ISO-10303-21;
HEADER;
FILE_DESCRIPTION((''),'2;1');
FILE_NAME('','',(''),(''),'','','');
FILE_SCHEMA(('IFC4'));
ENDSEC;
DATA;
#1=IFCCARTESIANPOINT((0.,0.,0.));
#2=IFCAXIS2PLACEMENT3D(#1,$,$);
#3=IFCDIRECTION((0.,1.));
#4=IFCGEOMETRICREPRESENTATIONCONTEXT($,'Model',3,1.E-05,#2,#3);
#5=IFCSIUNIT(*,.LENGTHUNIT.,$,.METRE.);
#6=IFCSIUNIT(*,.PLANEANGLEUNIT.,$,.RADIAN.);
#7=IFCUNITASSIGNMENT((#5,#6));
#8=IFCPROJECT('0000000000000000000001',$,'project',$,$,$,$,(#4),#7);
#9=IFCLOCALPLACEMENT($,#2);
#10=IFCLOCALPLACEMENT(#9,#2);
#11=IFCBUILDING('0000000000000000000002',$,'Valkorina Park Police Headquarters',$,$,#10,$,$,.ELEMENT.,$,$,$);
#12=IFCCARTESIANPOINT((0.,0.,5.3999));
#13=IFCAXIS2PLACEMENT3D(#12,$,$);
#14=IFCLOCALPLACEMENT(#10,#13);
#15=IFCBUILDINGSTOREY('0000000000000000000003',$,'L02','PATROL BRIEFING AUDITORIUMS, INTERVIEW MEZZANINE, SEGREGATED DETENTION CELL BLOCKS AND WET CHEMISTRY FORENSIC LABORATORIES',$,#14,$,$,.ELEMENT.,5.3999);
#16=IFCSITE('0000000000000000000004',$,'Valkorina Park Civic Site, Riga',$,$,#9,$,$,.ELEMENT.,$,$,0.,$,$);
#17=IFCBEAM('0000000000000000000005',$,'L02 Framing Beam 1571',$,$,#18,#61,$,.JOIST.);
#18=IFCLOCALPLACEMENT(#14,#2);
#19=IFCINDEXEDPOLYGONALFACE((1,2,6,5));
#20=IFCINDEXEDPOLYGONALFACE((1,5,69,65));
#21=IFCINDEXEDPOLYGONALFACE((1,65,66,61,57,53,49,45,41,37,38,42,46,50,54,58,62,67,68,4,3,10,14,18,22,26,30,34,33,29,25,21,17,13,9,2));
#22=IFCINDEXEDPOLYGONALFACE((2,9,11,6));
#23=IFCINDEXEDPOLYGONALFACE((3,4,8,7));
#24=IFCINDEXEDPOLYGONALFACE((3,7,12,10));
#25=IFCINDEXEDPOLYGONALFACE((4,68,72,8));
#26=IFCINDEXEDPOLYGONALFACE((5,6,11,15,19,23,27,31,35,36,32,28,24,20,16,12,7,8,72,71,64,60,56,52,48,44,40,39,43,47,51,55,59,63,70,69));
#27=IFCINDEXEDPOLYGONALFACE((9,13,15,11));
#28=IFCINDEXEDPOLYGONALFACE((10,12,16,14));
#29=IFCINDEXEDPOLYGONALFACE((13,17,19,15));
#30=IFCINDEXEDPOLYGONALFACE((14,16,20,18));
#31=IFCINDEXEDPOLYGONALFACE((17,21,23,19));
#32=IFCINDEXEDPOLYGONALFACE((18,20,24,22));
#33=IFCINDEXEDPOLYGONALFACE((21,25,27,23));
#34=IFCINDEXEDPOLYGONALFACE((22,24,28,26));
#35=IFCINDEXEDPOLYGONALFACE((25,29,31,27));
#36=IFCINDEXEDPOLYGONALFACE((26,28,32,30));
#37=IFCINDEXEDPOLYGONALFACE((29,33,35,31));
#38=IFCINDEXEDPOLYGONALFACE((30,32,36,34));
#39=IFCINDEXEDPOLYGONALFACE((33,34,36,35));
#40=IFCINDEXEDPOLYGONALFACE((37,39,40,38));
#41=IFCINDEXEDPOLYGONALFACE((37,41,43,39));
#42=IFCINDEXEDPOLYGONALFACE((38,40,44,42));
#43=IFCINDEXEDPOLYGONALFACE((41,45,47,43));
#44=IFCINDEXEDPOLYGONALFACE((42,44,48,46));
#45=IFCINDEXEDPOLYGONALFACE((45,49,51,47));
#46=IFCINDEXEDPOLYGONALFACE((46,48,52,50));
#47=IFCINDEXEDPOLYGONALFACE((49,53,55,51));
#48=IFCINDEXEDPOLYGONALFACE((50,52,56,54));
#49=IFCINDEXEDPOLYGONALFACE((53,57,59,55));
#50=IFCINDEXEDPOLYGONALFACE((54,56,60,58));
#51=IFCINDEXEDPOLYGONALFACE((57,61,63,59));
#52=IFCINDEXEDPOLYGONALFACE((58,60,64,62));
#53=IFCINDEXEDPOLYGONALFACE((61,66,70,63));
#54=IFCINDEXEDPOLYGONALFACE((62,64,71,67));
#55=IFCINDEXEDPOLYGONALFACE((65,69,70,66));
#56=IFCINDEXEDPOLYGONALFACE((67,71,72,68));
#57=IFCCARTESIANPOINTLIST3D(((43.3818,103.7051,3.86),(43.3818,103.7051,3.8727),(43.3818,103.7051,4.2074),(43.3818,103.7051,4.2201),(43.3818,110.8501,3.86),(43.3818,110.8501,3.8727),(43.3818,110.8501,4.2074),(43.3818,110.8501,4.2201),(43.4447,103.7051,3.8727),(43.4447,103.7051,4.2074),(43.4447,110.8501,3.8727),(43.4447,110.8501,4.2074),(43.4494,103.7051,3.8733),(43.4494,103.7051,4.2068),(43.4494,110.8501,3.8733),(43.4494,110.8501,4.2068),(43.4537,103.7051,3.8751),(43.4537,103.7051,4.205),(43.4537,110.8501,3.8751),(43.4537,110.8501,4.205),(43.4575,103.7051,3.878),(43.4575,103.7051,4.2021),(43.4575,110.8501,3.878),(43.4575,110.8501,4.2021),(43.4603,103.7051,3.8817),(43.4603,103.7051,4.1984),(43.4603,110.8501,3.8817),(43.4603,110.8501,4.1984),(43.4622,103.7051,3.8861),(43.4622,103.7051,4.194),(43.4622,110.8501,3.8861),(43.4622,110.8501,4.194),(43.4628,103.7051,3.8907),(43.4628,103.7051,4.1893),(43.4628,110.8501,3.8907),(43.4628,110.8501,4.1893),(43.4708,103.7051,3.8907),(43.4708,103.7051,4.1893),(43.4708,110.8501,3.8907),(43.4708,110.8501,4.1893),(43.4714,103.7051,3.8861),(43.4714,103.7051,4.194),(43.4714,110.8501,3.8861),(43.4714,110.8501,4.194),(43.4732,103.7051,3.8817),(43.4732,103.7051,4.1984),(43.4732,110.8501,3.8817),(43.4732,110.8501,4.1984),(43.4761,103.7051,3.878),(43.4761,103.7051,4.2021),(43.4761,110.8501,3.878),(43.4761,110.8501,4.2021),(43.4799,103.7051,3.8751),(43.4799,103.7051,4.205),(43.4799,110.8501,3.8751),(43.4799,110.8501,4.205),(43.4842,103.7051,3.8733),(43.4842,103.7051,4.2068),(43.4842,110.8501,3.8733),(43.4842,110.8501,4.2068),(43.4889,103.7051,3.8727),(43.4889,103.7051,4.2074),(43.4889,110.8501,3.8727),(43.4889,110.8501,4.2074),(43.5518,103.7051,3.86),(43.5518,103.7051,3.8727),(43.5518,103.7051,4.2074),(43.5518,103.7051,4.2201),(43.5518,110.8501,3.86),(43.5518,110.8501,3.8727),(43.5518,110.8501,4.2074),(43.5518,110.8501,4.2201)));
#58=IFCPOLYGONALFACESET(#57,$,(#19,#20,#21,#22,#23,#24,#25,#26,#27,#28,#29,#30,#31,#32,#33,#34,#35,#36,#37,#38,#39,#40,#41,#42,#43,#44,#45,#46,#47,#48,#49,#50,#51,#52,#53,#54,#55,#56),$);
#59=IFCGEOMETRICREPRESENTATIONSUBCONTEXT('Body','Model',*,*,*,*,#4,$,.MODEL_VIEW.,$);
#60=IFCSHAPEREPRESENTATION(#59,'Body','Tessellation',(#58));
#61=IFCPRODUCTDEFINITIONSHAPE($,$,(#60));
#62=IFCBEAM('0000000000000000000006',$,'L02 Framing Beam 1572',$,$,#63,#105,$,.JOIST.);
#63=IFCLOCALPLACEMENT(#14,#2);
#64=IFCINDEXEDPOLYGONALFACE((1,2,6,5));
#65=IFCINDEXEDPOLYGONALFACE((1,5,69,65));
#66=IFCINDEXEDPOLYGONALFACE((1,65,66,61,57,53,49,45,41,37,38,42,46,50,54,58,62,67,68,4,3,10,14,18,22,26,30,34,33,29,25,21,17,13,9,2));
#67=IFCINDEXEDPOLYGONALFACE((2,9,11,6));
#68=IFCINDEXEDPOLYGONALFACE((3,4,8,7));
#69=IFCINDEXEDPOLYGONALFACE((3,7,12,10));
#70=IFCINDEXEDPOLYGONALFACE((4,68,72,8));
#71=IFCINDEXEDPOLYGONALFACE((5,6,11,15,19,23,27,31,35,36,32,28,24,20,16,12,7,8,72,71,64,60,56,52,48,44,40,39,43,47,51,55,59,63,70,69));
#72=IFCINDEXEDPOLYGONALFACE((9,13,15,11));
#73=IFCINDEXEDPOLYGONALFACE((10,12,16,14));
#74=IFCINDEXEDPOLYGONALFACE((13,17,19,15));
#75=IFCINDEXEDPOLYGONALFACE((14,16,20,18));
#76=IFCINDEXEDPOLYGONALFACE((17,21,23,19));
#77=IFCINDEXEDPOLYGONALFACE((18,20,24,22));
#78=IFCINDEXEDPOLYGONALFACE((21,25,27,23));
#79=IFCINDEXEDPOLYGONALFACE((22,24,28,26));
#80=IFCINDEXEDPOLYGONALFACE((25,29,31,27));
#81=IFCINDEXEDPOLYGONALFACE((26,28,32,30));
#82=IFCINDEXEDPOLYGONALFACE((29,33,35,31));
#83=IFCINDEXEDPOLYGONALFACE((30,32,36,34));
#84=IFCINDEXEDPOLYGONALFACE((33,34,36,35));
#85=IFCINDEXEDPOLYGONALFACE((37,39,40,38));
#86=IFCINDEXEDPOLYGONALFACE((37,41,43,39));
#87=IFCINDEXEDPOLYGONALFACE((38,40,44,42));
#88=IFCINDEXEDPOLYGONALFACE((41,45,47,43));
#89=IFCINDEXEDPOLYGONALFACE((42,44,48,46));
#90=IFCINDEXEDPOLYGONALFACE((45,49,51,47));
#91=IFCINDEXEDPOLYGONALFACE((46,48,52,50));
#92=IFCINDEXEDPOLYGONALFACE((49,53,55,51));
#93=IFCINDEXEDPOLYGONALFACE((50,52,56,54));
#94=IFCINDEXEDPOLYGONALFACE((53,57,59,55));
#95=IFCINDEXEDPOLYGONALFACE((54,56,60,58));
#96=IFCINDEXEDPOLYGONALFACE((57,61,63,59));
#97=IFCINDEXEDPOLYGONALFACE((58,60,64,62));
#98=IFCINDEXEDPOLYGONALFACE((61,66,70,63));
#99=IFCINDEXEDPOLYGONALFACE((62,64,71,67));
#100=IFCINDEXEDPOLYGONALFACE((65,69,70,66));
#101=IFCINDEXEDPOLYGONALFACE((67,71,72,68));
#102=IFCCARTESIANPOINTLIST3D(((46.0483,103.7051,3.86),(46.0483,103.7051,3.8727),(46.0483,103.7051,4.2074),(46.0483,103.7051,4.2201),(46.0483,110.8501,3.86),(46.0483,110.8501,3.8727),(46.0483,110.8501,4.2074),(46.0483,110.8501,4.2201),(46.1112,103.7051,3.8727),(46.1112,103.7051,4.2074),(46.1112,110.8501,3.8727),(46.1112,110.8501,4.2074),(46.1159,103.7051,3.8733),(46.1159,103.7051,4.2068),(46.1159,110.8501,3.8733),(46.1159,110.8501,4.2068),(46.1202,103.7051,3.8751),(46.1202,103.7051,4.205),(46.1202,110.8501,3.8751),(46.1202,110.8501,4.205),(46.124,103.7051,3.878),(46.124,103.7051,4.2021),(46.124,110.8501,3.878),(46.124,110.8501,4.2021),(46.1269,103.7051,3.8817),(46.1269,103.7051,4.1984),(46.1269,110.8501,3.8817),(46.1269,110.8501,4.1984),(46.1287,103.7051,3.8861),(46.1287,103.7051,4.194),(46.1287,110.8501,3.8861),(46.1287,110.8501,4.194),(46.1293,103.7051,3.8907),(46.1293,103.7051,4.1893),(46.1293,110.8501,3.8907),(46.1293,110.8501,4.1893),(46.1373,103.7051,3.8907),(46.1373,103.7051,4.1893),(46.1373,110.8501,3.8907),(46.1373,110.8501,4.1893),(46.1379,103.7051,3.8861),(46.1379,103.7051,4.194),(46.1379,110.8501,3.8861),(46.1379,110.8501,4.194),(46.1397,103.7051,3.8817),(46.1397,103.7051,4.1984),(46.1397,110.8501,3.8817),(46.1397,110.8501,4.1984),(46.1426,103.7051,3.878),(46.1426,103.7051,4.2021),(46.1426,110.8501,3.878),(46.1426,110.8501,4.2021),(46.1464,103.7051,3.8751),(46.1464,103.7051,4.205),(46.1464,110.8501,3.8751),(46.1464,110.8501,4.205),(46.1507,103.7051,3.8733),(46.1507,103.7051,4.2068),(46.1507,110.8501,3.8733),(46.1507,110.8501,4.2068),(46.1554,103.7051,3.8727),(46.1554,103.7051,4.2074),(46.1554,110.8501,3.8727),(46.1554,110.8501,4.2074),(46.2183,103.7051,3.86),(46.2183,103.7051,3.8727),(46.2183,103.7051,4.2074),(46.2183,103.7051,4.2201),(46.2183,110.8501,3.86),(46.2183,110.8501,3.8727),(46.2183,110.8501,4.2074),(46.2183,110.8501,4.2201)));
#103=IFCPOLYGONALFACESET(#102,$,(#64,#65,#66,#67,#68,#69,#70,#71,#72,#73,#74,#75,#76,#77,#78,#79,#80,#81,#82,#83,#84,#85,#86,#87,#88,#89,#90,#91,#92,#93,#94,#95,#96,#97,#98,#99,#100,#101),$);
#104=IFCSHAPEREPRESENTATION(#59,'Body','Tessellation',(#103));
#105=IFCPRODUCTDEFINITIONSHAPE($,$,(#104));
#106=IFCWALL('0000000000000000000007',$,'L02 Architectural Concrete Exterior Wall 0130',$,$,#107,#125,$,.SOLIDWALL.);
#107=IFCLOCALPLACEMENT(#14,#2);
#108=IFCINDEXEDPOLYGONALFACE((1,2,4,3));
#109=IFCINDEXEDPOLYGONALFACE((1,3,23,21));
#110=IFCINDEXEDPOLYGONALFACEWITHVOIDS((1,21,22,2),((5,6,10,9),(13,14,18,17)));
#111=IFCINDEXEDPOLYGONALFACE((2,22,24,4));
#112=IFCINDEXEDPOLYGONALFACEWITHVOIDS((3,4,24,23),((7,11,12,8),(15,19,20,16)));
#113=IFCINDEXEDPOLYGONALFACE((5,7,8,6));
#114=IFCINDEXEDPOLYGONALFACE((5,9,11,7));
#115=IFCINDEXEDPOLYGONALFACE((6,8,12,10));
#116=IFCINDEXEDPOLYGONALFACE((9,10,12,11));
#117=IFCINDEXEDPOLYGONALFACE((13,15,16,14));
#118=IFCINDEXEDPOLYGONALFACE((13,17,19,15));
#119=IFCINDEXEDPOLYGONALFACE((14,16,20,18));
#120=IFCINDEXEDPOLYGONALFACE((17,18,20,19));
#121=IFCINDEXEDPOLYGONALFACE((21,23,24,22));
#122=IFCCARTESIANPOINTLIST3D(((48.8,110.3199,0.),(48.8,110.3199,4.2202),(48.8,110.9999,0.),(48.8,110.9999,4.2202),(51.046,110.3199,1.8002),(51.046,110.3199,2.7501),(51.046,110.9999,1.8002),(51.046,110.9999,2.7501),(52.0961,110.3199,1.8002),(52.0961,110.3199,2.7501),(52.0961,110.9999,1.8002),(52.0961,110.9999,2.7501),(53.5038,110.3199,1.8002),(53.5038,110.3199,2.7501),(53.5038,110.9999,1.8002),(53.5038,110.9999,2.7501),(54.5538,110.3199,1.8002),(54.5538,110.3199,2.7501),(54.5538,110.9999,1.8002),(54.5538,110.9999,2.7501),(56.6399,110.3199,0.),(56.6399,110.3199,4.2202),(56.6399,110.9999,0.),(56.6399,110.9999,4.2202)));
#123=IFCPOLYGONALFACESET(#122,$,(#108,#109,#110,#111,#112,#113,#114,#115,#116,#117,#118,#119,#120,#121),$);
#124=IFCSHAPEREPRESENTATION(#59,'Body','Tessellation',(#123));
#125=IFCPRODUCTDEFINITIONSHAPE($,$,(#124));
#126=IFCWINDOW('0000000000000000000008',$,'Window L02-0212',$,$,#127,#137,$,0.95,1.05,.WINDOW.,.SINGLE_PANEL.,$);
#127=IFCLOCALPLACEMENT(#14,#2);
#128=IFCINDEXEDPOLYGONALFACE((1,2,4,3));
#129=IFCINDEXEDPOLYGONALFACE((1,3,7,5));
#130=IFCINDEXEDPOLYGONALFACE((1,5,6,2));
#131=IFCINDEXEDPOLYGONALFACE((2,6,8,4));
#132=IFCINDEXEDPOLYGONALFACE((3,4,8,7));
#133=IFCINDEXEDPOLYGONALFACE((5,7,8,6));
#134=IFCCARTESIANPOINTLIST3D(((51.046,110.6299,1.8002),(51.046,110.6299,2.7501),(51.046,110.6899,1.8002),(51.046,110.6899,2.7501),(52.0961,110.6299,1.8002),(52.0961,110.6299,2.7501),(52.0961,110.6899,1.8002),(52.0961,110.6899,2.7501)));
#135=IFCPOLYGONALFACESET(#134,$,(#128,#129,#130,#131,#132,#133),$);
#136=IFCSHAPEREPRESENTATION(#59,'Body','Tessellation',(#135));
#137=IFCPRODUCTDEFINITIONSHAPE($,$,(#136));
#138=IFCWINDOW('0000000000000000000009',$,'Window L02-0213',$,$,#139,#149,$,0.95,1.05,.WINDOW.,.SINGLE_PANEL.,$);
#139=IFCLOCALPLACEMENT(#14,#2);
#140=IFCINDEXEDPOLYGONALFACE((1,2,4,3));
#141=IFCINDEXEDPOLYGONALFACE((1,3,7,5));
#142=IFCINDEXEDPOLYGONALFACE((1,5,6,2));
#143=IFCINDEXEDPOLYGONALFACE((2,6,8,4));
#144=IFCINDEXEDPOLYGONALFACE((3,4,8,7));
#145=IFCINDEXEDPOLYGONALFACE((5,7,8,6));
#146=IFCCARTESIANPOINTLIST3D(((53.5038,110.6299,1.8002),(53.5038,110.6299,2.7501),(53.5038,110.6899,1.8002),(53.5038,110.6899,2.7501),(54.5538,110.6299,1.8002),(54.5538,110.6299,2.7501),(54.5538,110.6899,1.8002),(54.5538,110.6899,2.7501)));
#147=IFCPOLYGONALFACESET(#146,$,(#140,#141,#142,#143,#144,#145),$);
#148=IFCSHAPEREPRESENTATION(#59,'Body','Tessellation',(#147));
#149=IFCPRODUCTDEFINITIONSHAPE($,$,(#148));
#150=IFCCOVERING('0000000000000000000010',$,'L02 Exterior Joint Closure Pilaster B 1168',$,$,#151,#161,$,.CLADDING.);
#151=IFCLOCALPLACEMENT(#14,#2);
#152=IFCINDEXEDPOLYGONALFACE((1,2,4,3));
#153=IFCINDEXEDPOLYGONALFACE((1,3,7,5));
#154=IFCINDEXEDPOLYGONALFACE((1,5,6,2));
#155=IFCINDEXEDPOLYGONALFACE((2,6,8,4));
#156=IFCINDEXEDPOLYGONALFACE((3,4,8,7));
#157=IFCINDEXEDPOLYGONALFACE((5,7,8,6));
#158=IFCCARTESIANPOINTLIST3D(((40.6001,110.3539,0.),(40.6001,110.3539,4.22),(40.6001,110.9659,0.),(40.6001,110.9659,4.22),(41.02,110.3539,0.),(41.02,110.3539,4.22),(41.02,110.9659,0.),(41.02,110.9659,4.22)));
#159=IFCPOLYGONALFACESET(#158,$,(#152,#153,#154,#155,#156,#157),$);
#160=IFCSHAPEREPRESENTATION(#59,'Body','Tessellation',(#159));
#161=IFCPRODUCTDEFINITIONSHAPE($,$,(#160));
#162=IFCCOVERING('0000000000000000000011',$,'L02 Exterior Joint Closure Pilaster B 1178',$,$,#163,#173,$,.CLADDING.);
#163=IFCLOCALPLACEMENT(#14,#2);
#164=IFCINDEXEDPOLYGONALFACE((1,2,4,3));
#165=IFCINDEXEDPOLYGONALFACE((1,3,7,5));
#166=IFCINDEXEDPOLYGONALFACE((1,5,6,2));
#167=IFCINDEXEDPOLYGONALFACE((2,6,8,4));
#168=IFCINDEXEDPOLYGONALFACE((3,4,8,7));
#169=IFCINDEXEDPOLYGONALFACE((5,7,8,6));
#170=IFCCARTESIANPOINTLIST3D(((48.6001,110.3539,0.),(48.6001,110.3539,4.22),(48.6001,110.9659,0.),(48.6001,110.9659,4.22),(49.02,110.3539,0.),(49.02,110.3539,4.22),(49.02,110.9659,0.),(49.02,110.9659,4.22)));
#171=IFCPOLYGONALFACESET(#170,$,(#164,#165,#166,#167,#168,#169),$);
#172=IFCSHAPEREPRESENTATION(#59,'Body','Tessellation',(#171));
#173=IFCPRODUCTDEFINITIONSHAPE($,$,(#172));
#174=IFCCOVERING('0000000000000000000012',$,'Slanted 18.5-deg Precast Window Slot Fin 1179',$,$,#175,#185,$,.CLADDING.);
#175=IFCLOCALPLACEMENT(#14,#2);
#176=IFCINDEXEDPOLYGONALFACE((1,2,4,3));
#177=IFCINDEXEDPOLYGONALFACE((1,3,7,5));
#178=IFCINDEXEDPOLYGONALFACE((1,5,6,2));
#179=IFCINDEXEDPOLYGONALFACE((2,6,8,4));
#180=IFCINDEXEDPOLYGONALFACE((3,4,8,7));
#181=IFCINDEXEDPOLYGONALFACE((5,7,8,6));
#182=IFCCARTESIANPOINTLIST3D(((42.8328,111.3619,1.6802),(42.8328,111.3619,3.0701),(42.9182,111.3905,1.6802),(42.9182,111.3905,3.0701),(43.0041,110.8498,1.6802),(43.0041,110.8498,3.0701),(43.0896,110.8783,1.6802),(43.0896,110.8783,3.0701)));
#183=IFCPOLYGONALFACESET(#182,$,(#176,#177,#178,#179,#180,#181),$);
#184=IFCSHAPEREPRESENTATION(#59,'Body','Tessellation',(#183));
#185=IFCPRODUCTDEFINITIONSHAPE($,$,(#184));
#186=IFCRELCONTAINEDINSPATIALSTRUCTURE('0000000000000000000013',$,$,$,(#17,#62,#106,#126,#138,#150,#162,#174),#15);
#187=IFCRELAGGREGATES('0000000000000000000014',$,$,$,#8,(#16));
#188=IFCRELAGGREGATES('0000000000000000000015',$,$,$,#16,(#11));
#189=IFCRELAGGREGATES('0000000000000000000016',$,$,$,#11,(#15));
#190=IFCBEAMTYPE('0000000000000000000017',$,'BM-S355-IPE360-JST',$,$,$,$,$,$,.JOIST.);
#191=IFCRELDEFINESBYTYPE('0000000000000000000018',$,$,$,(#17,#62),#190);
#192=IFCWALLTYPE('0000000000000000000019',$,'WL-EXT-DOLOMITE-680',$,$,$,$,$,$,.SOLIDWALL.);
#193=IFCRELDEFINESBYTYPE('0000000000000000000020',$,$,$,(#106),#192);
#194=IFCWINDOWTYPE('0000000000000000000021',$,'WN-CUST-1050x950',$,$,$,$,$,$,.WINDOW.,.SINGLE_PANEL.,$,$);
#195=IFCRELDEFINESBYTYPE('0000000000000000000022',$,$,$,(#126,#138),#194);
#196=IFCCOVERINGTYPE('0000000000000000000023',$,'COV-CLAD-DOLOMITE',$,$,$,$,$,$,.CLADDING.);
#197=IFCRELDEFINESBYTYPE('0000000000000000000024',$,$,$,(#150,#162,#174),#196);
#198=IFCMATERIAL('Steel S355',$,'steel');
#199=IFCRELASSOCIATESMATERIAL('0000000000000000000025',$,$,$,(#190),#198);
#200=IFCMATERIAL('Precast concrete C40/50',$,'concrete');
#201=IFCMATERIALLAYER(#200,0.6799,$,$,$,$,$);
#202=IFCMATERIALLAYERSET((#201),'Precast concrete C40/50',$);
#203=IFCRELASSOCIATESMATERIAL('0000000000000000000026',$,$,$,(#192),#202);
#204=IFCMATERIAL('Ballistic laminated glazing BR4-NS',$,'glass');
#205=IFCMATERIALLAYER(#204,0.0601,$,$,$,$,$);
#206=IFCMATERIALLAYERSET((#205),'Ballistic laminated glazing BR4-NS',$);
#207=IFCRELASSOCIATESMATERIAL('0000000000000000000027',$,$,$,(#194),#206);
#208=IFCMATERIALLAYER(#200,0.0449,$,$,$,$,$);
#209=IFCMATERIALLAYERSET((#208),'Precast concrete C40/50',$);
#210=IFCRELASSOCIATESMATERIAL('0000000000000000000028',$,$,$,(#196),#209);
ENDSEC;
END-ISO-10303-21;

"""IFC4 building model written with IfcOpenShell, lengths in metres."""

from ifc_helpers import new_model, si_unit, direction, frame, frame_2d, origin, origin_2d, place, context, subcontext, project, spatial, rectangle, i_section, extrude, material, layer, layer_set, material_profile, profile_set, type_object, element, fill, save


model = new_model("IFC4")

# Units and contexts
model_context = context("Model", 3, precision=1e-05, world=origin(), true_north=direction((0.0, 1.0)))
body_context = subcontext(model_context, "Body", "Model", "MODEL_VIEW")
ifc_project = project(units=[si_unit("LENGTHUNIT", "METRE"), si_unit("PLANEANGLEUNIT", "RADIAN")], contexts=[model_context])

# Site, building, storey
site_placement = place(None, origin())
site = spatial("IfcSite", under=ifc_project, at=site_placement, Name="Valkorina Park Civic Site, Riga", CompositionType="ELEMENT", RefElevation=0.0)
building_placement = place(site_placement, origin())
building = spatial("IfcBuilding", under=site, at=building_placement, Name="Valkorina Park Police Headquarters", CompositionType="ELEMENT")
storey_placement = place(building_placement, frame((0.0, 0.0, 5.3999)))
storey = spatial("IfcBuildingStorey", under=building, at=storey_placement, Name="L02", Description="PATROL BRIEFING AUDITORIUMS, INTERVIEW MEZZANINE, SEGREGATED DETENTION CELL BLOCKS AND WET CHEMISTRY FORENSIC LABORATORIES", CompositionType="ELEMENT", Elevation=5.3999)

# Shared definitions
ifc_material_1 = material(Name="Steel S355", Category="steel")

# Beams
ifc_material_profile_1 = material_profile(ifc_material_1, i_section(OverallWidth=0.1699, OverallDepth=0.3601, WebThickness=0.0081, FlangeThickness=0.0127, FilletRadius=0.0181, at=origin_2d()), Name="IPE 360")
ifc_profile_set_1 = profile_set([ifc_material_profile_1], Name="Steel S355")
beam_type_1 = type_object("IfcBeamType", Name="BM-S355-IPE360-JST", PredefinedType="JOIST", material=ifc_profile_set_1)
for number, where, z_axis, x_axis, name in (
    (1, (43.4668, 103.7051, 4.04), (0.0, 1.0, 0.0), (-1.0, 0.0, 0.0), "L02 Framing Beam 1571"),
    (2, (46.1333, 103.7051, 4.04), (0.0, 1.0, 0.0), (-1.0, 0.0, 0.0), "L02 Framing Beam 1572"),
):
    element("IfcBeam", number, at=place(storey_placement, frame(where, z_axis=z_axis, x_axis=x_axis)), inside=storey, type_object=beam_type_1, Name=name, PredefinedType="JOIST", context=body_context, shape_type="SweptSolid", body=[
        extrude(i_section(OverallWidth=0.1699, OverallDepth=0.3601, WebThickness=0.0081, FlangeThickness=0.0127, FilletRadius=0.0181, at=origin_2d()), origin(), (0.0, 0.0, 1.0), 7.145),
    ])

# Wall, openings, windows
ifc_material_2 = material(Name="Precast concrete C40/50", Category="concrete")
ifc_layer_1 = layer(ifc_material_2, 0.6799)
ifc_layer_set_1 = layer_set([ifc_layer_1], Name="Precast concrete C40/50")
wall_type = type_object("IfcWallType", Name="WL-EXT-DOLOMITE-680", PredefinedType="SOLIDWALL", material=ifc_layer_set_1)
wall_placement = place(storey_placement, frame((48.8, 110.6599, 0.0), z_axis=(0.0, 0.0, 1.0), x_axis=(1.0, 0.0, 0.0)))
wall = element("IfcWall", 3, at=wall_placement, inside=storey, type_object=wall_type, Name="L02 Architectural Concrete Exterior Wall 0130", PredefinedType="SOLIDWALL", context=body_context, shape_type="SweptSolid", body=[
    extrude(rectangle(XDim=7.8398, YDim=0.6799, at=frame_2d((3.9199, 0.0))), origin(), (0.0, 0.0, 1.0), 4.2202),
])
opening_1_placement = place(wall_placement, frame((2.2461, 0.0, 1.8)))
opening_1 = element("IfcOpeningElement", 4, at=opening_1_placement, cuts=wall, PredefinedType="OPENING", context=body_context, shape_type="SweptSolid", body=[
    extrude(rectangle(XDim=1.05, YDim=0.95, at=frame_2d((0.5249, 0.4751))), frame((0.0, 0.3501, 0.0), z_axis=(0.0, -1.0, 0.0), x_axis=(1.0, 0.0, 0.0)), (0.0, 0.0, 1.0), 0.7),
])
opening_2_placement = place(wall_placement, frame((4.7039, 0.0, 1.8)))
opening_2 = element("IfcOpeningElement", 5, at=opening_2_placement, cuts=wall, PredefinedType="OPENING", context=body_context, shape_type="SweptSolid", body=[
    extrude(rectangle(XDim=1.05, YDim=0.95, at=frame_2d((0.5249, 0.4751))), frame((0.0, 0.3501, 0.0), z_axis=(0.0, -1.0, 0.0), x_axis=(1.0, 0.0, 0.0)), (0.0, 0.0, 1.0), 0.7),
])
ifc_material_3 = material(Name="Ballistic laminated glazing BR4-NS", Category="glass")
ifc_layer_2 = layer(ifc_material_3, 0.0601)
ifc_layer_set_2 = layer_set([ifc_layer_2], Name="Ballistic laminated glazing BR4-NS")
window_type = type_object("IfcWindowType", Name="WN-CUST-1050x950", PartitioningType="SINGLE_PANEL", PredefinedType="WINDOW", material=ifc_layer_set_2)
window_1_placement = place(opening_1_placement, origin())
window_1 = element("IfcWindow", 6, at=window_1_placement, inside=storey, type_object=window_type, Name="Window L02-0212", OverallHeight=0.95, OverallWidth=1.05, PartitioningType="SINGLE_PANEL", PredefinedType="WINDOW", context=body_context, shape_type="SweptSolid", body=[
    extrude(rectangle(XDim=1.05, YDim=0.95, at=frame_2d((0.5249, 0.4751))), frame((0.0, 0.03, 0.0), z_axis=(0.0, -1.0, 0.0), x_axis=(1.0, 0.0, 0.0)), (0.0, 0.0, 1.0), 0.0601),
])
fill(opening_1, window_1)
window_2_placement = place(opening_2_placement, origin())
window_2 = element("IfcWindow", 7, at=window_2_placement, inside=storey, type_object=window_type, Name="Window L02-0213", OverallHeight=0.95, OverallWidth=1.05, PartitioningType="SINGLE_PANEL", PredefinedType="WINDOW", context=body_context, shape_type="SweptSolid", body=[
    extrude(rectangle(XDim=1.05, YDim=0.95, at=frame_2d((0.5249, 0.4751))), frame((0.0, 0.03, 0.0), z_axis=(0.0, -1.0, 0.0), x_axis=(1.0, 0.0, 0.0)), (0.0, 0.0, 1.0), 0.0601),
])
fill(opening_2, window_2)

# Coverings
ifc_layer_3 = layer(ifc_material_2, 0.0449)
ifc_layer_set_3 = layer_set([ifc_layer_3], Name="Precast concrete C40/50")
covering_type = type_object("IfcCoveringType", Name="COV-CLAD-DOLOMITE", PredefinedType="CLADDING", material=ifc_layer_set_3)
for number, where, z_axis, x_axis, name in (
    (8, (40.8101, 110.6599, 0.0), (0.0, 0.0, 1.0), (1.0, 0.0, 0.0), "L02 Exterior Joint Closure Pilaster B 1168"),
    (9, (48.8101, 110.6599, 0.0), (0.0, 0.0, 1.0), (1.0, 0.0, 0.0), "L02 Exterior Joint Closure Pilaster B 1178"),
):
    element("IfcCovering", number, at=place(storey_placement, frame(where, z_axis=z_axis, x_axis=x_axis)), inside=storey, type_object=covering_type, Name=name, PredefinedType="CLADDING", context=body_context, shape_type="SweptSolid", body=[
        extrude(rectangle(XDim=0.4199, YDim=0.6121, at=origin_2d()), origin(), (0.0, 0.0, 1.0), 4.22),
    ])
for number, where, z_axis, x_axis, name in (
    (10, (42.9612, 111.1201, 1.6802), (0.0, 0.0, 1.0), (-0.317305, 0.948324, 0.0), "Slanted 18.5-deg Precast Window Slot Fin 1179"),
):
    element("IfcCovering", number, at=place(storey_placement, frame(where, z_axis=z_axis, x_axis=x_axis)), inside=storey, type_object=covering_type, Name=name, PredefinedType="CLADDING", context=body_context, shape_type="SweptSolid", body=[
        extrude(rectangle(XDim=0.54, YDim=0.0901, at=origin_2d()), origin(), (0.0, 0.0, 1.0), 1.3899),
    ])

save(model, "model.ifc")
